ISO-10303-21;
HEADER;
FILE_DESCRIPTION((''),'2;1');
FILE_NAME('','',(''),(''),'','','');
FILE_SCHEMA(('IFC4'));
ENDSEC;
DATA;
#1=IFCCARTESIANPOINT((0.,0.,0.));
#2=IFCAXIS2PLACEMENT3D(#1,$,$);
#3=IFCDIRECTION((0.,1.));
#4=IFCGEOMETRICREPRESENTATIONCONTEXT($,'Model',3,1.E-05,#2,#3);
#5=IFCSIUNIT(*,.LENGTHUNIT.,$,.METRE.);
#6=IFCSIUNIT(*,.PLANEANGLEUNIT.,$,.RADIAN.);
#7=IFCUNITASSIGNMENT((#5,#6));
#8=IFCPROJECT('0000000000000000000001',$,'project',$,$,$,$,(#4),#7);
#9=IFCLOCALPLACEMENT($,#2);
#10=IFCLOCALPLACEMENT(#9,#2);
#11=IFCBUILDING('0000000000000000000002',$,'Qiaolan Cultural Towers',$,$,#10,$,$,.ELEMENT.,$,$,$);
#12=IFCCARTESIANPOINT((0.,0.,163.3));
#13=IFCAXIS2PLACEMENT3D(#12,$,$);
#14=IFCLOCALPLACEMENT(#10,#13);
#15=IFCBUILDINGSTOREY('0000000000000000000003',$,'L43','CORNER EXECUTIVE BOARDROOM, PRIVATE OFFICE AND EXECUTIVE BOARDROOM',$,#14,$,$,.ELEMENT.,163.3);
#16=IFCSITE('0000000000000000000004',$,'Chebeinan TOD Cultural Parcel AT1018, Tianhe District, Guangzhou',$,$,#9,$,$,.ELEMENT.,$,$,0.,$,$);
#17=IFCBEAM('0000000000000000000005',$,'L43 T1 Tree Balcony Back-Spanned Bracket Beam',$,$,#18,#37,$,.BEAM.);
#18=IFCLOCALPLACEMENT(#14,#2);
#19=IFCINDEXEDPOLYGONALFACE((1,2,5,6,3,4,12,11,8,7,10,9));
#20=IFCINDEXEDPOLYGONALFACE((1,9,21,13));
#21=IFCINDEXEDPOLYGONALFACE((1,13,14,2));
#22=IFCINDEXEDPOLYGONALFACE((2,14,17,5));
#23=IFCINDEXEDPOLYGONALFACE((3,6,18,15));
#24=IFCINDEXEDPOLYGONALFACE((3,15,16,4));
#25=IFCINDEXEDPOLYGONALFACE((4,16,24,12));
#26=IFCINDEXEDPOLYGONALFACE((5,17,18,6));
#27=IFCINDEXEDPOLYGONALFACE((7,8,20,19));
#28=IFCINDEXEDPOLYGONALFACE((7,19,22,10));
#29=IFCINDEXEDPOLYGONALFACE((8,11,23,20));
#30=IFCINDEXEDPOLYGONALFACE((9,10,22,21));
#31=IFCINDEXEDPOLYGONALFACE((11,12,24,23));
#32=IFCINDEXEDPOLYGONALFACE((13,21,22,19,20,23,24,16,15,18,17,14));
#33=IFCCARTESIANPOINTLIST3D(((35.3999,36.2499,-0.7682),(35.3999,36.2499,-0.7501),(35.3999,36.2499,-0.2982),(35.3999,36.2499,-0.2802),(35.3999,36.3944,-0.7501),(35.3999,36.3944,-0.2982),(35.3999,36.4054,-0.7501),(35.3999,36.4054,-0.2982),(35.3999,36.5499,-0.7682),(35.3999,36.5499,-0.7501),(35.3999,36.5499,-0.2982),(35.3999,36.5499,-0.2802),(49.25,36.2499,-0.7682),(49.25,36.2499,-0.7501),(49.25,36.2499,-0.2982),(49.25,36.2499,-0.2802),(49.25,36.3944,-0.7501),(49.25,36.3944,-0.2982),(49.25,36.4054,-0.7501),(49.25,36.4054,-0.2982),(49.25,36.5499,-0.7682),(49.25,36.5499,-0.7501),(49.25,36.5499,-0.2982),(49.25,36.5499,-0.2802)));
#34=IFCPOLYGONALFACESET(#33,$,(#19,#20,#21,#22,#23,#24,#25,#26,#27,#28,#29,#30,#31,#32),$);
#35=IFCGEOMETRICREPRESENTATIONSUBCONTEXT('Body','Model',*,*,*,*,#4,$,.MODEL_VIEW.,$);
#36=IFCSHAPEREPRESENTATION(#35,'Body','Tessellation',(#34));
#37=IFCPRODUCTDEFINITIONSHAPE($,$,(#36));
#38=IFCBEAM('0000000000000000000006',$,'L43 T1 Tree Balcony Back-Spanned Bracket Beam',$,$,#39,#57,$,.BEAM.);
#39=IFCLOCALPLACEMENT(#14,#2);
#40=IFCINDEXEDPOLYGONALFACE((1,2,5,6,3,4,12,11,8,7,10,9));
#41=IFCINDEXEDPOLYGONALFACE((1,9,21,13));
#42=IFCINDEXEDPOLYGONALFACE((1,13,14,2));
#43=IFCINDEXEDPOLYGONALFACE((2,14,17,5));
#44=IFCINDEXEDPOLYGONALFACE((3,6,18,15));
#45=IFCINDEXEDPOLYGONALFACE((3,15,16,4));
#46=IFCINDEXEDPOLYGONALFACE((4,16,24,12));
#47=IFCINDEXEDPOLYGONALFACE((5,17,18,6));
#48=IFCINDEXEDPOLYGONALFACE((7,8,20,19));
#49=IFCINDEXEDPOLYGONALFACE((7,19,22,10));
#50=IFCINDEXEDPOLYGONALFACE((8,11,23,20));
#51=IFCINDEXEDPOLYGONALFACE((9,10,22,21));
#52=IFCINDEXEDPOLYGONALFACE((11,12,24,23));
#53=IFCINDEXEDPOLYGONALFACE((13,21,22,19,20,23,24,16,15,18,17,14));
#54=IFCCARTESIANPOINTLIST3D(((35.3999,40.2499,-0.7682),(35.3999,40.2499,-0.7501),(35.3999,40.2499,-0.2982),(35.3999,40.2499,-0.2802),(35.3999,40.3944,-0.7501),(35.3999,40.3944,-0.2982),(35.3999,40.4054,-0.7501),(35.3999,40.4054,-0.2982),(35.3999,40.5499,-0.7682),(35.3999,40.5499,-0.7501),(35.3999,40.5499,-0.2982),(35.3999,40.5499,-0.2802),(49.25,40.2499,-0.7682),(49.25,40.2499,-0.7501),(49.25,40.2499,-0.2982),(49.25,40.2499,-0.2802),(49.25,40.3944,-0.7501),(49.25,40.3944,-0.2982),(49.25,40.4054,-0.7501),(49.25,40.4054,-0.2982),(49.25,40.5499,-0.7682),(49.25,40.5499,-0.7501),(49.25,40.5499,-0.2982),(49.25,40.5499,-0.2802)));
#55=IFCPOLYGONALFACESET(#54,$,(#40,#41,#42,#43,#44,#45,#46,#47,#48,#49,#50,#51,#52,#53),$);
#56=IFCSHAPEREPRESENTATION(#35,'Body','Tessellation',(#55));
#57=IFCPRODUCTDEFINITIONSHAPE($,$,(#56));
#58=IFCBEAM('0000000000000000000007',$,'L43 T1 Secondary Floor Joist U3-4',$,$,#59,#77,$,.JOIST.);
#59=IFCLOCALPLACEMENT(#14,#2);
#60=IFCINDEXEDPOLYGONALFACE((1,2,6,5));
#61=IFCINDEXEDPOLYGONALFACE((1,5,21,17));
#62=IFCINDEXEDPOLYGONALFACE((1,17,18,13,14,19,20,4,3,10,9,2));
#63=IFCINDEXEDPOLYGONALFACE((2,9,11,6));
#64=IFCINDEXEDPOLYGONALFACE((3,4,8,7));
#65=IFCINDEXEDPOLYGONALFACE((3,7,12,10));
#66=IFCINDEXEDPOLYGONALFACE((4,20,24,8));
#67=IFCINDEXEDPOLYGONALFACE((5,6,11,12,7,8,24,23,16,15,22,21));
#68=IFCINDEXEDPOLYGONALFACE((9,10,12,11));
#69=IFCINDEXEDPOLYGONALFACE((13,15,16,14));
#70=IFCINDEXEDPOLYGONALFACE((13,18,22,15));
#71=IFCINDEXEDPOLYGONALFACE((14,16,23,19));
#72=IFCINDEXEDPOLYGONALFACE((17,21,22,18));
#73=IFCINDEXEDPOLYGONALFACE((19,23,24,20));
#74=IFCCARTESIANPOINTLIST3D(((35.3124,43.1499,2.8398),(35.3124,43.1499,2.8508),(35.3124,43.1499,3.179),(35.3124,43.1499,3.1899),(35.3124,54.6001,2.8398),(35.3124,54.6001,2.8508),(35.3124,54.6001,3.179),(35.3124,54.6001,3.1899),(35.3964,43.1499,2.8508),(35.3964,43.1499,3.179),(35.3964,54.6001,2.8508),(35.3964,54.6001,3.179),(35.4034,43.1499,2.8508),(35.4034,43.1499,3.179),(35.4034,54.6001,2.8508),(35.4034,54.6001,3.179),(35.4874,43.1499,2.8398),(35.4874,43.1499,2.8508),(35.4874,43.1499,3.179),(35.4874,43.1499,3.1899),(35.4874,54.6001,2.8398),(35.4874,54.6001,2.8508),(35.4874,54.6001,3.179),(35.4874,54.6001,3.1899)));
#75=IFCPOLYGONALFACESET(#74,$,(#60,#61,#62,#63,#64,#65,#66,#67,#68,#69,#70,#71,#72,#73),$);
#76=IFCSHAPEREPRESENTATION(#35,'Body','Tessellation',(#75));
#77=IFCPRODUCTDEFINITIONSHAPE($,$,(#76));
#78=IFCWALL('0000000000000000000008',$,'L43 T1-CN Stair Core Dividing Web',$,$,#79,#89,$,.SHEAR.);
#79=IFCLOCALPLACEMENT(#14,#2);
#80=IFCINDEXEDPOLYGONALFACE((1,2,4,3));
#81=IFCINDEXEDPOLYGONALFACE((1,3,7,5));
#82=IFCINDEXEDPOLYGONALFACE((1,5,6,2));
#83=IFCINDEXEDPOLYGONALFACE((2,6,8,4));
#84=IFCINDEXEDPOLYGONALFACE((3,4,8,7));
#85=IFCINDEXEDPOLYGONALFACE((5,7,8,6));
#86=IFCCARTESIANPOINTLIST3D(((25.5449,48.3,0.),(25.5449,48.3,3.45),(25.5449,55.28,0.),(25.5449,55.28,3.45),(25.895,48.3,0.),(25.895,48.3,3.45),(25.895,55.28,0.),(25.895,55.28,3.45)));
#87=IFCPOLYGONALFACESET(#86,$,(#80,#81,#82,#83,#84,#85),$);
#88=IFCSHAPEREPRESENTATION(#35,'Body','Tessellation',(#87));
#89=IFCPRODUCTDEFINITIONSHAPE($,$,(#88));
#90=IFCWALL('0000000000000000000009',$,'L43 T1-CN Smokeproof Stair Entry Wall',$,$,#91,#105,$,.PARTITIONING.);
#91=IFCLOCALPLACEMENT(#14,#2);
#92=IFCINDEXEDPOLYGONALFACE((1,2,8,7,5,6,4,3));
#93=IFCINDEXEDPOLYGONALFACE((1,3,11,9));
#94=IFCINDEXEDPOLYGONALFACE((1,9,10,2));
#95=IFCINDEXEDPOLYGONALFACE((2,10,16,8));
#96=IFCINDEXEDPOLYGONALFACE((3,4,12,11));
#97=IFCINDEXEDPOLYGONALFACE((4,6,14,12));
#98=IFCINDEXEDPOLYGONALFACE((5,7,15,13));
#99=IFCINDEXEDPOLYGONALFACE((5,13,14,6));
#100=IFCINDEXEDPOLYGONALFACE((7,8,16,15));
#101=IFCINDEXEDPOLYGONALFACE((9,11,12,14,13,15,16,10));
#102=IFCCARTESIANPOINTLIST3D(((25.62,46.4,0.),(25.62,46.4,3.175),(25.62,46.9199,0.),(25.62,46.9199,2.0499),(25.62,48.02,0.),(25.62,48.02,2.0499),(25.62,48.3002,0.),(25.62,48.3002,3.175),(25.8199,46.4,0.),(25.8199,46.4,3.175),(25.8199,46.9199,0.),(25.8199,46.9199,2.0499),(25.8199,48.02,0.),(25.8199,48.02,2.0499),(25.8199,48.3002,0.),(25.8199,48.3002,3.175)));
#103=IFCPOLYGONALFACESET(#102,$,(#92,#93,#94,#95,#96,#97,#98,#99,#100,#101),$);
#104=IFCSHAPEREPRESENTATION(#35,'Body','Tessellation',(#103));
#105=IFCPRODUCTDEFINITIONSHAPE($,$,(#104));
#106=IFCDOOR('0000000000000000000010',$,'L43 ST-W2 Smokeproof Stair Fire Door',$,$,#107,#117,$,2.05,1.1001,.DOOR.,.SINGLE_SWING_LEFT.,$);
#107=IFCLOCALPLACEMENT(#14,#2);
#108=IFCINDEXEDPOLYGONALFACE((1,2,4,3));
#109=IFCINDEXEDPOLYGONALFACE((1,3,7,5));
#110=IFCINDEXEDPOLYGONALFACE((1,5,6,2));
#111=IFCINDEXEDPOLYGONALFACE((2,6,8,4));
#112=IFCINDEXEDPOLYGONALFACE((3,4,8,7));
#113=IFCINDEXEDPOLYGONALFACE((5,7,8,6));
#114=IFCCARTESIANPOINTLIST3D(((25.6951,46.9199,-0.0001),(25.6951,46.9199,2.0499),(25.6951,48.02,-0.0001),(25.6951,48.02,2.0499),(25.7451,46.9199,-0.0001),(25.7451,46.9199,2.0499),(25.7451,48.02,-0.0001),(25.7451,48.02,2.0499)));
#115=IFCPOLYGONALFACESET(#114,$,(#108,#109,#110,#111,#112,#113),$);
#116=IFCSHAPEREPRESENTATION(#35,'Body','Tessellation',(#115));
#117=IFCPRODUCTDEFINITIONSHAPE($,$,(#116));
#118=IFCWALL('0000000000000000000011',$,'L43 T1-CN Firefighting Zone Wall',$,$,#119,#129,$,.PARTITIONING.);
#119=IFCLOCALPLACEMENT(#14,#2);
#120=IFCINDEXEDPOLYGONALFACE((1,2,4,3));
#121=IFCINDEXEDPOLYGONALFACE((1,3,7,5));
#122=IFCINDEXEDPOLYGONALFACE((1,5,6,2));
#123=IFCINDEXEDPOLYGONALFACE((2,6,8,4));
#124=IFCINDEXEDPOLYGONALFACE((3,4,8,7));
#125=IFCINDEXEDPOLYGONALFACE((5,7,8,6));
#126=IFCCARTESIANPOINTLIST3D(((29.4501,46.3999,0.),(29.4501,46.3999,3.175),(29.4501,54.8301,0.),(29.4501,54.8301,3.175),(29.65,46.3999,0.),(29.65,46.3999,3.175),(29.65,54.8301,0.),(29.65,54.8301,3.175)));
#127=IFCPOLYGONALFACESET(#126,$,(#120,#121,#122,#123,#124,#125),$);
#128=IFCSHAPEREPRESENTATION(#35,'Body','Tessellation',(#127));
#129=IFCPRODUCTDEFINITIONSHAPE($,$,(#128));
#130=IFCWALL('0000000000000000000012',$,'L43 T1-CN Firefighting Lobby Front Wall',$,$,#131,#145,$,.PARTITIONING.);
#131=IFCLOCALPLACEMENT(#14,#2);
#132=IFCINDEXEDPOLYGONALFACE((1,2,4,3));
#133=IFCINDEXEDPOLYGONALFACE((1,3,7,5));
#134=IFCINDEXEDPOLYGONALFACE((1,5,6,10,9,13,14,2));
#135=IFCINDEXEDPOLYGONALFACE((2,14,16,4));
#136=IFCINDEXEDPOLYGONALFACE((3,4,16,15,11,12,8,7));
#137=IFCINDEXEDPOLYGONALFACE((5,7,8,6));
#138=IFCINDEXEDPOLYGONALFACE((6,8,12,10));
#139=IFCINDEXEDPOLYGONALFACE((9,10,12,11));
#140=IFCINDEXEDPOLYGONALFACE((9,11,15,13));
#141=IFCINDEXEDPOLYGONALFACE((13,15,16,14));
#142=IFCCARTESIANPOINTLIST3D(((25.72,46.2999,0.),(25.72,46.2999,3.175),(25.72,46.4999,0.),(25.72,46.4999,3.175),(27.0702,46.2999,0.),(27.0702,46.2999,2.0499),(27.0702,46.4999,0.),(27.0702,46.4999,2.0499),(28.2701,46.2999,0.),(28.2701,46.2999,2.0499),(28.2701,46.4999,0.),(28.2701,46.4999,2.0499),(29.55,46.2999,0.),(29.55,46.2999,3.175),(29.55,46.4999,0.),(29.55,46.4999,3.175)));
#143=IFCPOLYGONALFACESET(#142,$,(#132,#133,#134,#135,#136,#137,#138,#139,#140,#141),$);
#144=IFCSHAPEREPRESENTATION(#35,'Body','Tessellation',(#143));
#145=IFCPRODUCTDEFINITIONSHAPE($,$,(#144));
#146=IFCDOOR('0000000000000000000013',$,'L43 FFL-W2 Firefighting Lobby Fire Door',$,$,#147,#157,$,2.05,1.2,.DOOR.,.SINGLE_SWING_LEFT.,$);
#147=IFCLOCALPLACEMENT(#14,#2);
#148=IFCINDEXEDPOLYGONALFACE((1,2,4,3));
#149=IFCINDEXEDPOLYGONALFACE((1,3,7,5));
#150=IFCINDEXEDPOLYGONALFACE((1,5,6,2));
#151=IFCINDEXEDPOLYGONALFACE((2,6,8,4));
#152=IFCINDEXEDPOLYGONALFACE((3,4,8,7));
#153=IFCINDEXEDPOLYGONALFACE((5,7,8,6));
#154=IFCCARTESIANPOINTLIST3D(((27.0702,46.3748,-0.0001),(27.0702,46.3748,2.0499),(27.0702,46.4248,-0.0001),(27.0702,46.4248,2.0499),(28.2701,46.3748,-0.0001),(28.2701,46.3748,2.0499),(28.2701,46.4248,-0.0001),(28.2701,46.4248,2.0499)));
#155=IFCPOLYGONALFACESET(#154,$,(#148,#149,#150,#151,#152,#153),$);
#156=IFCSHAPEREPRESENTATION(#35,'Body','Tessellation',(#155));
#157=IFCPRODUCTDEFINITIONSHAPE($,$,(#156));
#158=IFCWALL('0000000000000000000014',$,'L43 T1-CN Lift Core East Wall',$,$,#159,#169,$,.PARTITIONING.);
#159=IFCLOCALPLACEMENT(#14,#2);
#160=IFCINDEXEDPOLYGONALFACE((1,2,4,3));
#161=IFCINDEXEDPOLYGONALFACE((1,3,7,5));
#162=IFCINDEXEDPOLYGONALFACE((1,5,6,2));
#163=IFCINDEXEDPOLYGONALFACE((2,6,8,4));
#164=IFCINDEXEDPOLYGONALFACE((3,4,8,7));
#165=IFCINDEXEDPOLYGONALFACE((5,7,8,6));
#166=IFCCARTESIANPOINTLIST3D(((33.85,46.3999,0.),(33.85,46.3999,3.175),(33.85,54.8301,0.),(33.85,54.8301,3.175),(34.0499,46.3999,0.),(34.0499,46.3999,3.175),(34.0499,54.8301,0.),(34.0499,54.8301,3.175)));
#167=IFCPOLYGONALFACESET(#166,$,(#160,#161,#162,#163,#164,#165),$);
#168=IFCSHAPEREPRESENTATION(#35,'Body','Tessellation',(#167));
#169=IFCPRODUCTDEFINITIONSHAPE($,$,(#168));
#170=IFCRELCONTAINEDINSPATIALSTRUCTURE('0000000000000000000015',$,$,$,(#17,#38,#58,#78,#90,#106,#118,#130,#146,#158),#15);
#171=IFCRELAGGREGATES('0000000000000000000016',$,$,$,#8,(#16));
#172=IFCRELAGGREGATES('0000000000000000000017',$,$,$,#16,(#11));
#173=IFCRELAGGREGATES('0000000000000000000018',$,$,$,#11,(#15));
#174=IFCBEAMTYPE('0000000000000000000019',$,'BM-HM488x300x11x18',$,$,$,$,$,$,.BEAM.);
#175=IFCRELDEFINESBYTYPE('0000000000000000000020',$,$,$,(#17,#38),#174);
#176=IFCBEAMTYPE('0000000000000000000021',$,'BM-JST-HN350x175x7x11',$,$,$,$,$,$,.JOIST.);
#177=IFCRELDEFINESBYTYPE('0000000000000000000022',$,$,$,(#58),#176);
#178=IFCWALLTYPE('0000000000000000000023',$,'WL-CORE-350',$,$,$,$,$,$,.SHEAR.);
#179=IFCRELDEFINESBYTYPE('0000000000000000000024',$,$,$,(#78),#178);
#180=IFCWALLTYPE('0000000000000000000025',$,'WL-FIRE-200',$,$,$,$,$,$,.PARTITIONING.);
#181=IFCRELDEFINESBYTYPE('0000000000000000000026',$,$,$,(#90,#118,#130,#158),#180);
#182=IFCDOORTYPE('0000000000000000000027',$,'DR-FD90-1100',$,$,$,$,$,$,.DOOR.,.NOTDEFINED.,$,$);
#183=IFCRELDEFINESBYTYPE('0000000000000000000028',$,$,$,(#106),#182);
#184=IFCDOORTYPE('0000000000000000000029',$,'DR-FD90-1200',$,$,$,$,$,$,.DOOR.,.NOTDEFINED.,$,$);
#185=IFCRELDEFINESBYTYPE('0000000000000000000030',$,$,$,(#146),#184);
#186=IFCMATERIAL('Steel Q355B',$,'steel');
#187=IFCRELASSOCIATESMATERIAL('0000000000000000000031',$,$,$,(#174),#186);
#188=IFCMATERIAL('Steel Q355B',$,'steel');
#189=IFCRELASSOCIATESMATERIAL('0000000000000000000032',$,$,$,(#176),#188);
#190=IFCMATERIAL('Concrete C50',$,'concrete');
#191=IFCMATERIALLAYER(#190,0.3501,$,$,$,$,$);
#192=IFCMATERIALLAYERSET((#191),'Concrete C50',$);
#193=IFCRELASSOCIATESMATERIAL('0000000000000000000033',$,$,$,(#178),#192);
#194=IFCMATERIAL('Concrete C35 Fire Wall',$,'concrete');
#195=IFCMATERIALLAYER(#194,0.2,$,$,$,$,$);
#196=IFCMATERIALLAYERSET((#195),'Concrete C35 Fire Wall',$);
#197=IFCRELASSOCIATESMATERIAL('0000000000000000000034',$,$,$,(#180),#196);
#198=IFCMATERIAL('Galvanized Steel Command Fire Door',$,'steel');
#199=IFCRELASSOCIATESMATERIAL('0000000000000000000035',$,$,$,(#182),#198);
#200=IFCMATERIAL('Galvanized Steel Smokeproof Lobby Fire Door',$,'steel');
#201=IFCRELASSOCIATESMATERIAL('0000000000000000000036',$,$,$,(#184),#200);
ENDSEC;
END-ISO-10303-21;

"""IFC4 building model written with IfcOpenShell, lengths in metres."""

from ifc_helpers import new_model, si_unit, direction, frame, frame_2d, origin, origin_2d, place, context, subcontext, project, spatial, rectangle, i_section, extrude, material, layer, layer_set, material_profile, profile_set, type_object, element, fill, save


model = new_model("IFC4")

# Units and contexts
model_context = context("Model", 3, precision=1e-05, world=origin(), true_north=direction((0.0, 1.0)))
body_context = subcontext(model_context, "Body", "Model", "MODEL_VIEW")
ifc_project = project(units=[si_unit("LENGTHUNIT", "METRE"), si_unit("PLANEANGLEUNIT", "RADIAN")], contexts=[model_context])

# Site, building, storey
site_placement = place(None, origin())
site = spatial("IfcSite", under=ifc_project, at=site_placement, Name="Chebeinan TOD Cultural Parcel AT1018, Tianhe District, Guangzhou", CompositionType="ELEMENT", RefElevation=0.0)
building_placement = place(site_placement, origin())
building = spatial("IfcBuilding", under=site, at=building_placement, Name="Qiaolan Cultural Towers", CompositionType="ELEMENT")
storey_placement = place(building_placement, frame((0.0, 0.0, 163.3)))
storey = spatial("IfcBuildingStorey", under=building, at=storey_placement, Name="L43", Description="CORNER EXECUTIVE BOARDROOM, PRIVATE OFFICE AND EXECUTIVE BOARDROOM", CompositionType="ELEMENT", Elevation=163.3)

# Beams
ifc_material_1 = material(Name="Steel Q355B", Category="steel")
ifc_material_profile_1 = material_profile(ifc_material_1, i_section(OverallWidth=0.3, OverallDepth=0.488, WebThickness=0.011, FlangeThickness=0.0181, at=origin_2d()), Name="HM488x300x11x18")
ifc_profile_set_1 = profile_set([ifc_material_profile_1], Name="Steel Q355B")
beam_type_1 = type_object("IfcBeamType", Name="BM-HM488x300x11x18", PredefinedType="BEAM", material=ifc_profile_set_1)
for number, where, z_axis, x_axis, name in (
    (1, (35.3999, 36.3999, -0.5242), (1.0, 0.0, 0.0), (0.0, 1.0, 0.0), "L43 T1 Tree Balcony Back-Spanned Bracket Beam"),
    (2, (35.3999, 40.3999, -0.5242), (1.0, 0.0, 0.0), (0.0, 1.0, 0.0), "L43 T1 Tree Balcony Back-Spanned Bracket Beam"),
):
    element("IfcBeam", number, at=place(storey_placement, frame(where, z_axis=z_axis, x_axis=x_axis)), inside=storey, type_object=beam_type_1, Name=name, PredefinedType="BEAM", context=body_context, shape_type="SweptSolid", body=[
        extrude(i_section(OverallWidth=0.3, OverallDepth=0.488, WebThickness=0.011, FlangeThickness=0.0181, at=origin_2d()), origin(), (0.0, 0.0, 1.0), 13.8501),
    ])
ifc_material_2 = material(Name="Steel Q355B", Category="steel")
ifc_material_profile_2 = material_profile(ifc_material_2, i_section(OverallWidth=0.175, OverallDepth=0.3501, WebThickness=0.0071, FlangeThickness=0.011, at=origin_2d()), Name="HN350x175x7x11")
ifc_profile_set_2 = profile_set([ifc_material_profile_2], Name="Steel Q355B")
beam_type_2 = type_object("IfcBeamType", Name="BM-JST-HN350x175x7x11", PredefinedType="JOIST", material=ifc_profile_set_2)
beam_placement = place(storey_placement, frame((35.3999, 43.1499, 3.0149), z_axis=(0.0, 1.0, 0.0), x_axis=(-1.0, 0.0, 0.0)))
element("IfcBeam", 3, at=beam_placement, inside=storey, type_object=beam_type_2, Name="L43 T1 Secondary Floor Joist U3-4", PredefinedType="JOIST", context=body_context, shape_type="SweptSolid", body=[
    extrude(i_section(OverallWidth=0.175, OverallDepth=0.3501, WebThickness=0.0071, FlangeThickness=0.011, at=origin_2d()), origin(), (0.0, 0.0, 1.0), 11.4502),
])

# Wall
ifc_material_3 = material(Name="Concrete C50", Category="concrete")
ifc_layer_1 = layer(ifc_material_3, 0.3501)
ifc_layer_set_1 = layer_set([ifc_layer_1], Name="Concrete C50")
wall_type_1 = type_object("IfcWallType", Name="WL-CORE-350", PredefinedType="SHEAR", material=ifc_layer_set_1)
wall_1_placement = place(storey_placement, frame((25.72, 48.3, 0.0), z_axis=(0.0, 0.0, 1.0), x_axis=(0.0, 1.0, 0.0)))
element("IfcWall", 4, at=wall_1_placement, inside=storey, type_object=wall_type_1, Name="L43 T1-CN Stair Core Dividing Web", PredefinedType="SHEAR", context=body_context, shape_type="SweptSolid", body=[
    extrude(rectangle(XDim=6.98, YDim=0.3501, at=frame_2d((3.49, 0.0))), origin(), (0.0, 0.0, 1.0), 3.45),
])

# Wall, opening, door
ifc_material_4 = material(Name="Concrete C35 Fire Wall", Category="concrete")
ifc_layer_2 = layer(ifc_material_4, 0.2)
ifc_layer_set_2 = layer_set([ifc_layer_2], Name="Concrete C35 Fire Wall")
wall_type_2 = type_object("IfcWallType", Name="WL-FIRE-200", PredefinedType="PARTITIONING", material=ifc_layer_set_2)
wall_2_placement = place(storey_placement, frame((25.72, 46.3999, 0.0), z_axis=(0.0, 0.0, 1.0), x_axis=(0.0, 1.0, 0.0)))
wall_2 = element("IfcWall", 5, at=wall_2_placement, inside=storey, type_object=wall_type_2, Name="L43 T1-CN Smokeproof Stair Entry Wall", PredefinedType="PARTITIONING", context=body_context, shape_type="SweptSolid", body=[
    extrude(rectangle(XDim=1.9001, YDim=0.2, at=frame_2d((0.9502, 0.0))), origin(), (0.0, 0.0, 1.0), 3.175),
])
opening_1_placement = place(wall_2_placement, frame((0.52, 0.0, 0.0)))
opening_1 = element("IfcOpeningElement", 6, at=opening_1_placement, cuts=wall_2, PredefinedType="OPENING", context=body_context, shape_type="SweptSolid", body=[
    extrude(rectangle(XDim=1.1001, YDim=2.05, at=frame_2d((0.55, 1.0249))), frame((0.0, 0.1099, 0.0), z_axis=(0.0, -1.0, 0.0), x_axis=(1.0, 0.0, 0.0)), (0.0, 0.0, 1.0), 0.22),
])
ifc_material_5 = material(Name="Galvanized Steel Command Fire Door", Category="steel")
door_type_1 = type_object("IfcDoorType", Name="DR-FD90-1100", OperationType="NOTDEFINED", PredefinedType="DOOR", material=ifc_material_5)
door_1_placement = place(opening_1_placement, origin())
door_1 = element("IfcDoor", 7, at=door_1_placement, inside=storey, type_object=door_type_1, Name="L43 ST-W2 Smokeproof Stair Fire Door", OperationType="SINGLE_SWING_LEFT", OverallHeight=2.05, OverallWidth=1.1001, PredefinedType="DOOR", context=body_context, shape_type="SweptSolid", body=[
    extrude(rectangle(XDim=1.1001, YDim=2.05, at=frame_2d((0.55, 1.0249))), frame((0.0, 0.0249, 0.0), z_axis=(0.0, -1.0, 0.0), x_axis=(1.0, 0.0, 0.0)), (0.0, 0.0, 1.0), 0.05),
])
fill(opening_1, door_1)

# Wall
wall_3_placement = place(storey_placement, frame((29.55, 46.3999, 0.0), z_axis=(0.0, 0.0, 1.0), x_axis=(0.0, 1.0, 0.0)))
element("IfcWall", 8, at=wall_3_placement, inside=storey, type_object=wall_type_2, Name="L43 T1-CN Firefighting Zone Wall", PredefinedType="PARTITIONING", context=body_context, shape_type="SweptSolid", body=[
    extrude(rectangle(XDim=8.4302, YDim=0.2, at=frame_2d((4.2151, 0.0))), origin(), (0.0, 0.0, 1.0), 3.175),
])

# Wall, opening, door
wall_4_placement = place(storey_placement, frame((25.72, 46.3999, 0.0), z_axis=(0.0, 0.0, 1.0), x_axis=(1.0, 0.0, 0.0)))
wall_4 = element("IfcWall", 9, at=wall_4_placement, inside=storey, type_object=wall_type_2, Name="L43 T1-CN Firefighting Lobby Front Wall", PredefinedType="PARTITIONING", context=body_context, shape_type="SweptSolid", body=[
    extrude(rectangle(XDim=3.8301, YDim=0.2, at=frame_2d((1.915, 0.0))), origin(), (0.0, 0.0, 1.0), 3.175),
])
opening_2_placement = place(wall_4_placement, frame((1.3501, 0.0, 0.0)))
opening_2 = element("IfcOpeningElement", 10, at=opening_2_placement, cuts=wall_4, PredefinedType="OPENING", context=body_context, shape_type="SweptSolid", body=[
    extrude(rectangle(XDim=1.2, YDim=2.05, at=frame_2d((0.6001, 1.0249))), frame((0.0, 0.1099, 0.0), z_axis=(0.0, -1.0, 0.0), x_axis=(1.0, 0.0, 0.0)), (0.0, 0.0, 1.0), 0.22),
])
ifc_material_6 = material(Name="Galvanized Steel Smokeproof Lobby Fire Door", Category="steel")
door_type_2 = type_object("IfcDoorType", Name="DR-FD90-1200", OperationType="NOTDEFINED", PredefinedType="DOOR", material=ifc_material_6)
door_2_placement = place(opening_2_placement, origin())
door_2 = element("IfcDoor", 11, at=door_2_placement, inside=storey, type_object=door_type_2, Name="L43 FFL-W2 Firefighting Lobby Fire Door", OperationType="SINGLE_SWING_LEFT", OverallHeight=2.05, OverallWidth=1.2, PredefinedType="DOOR", context=body_context, shape_type="SweptSolid", body=[
    extrude(rectangle(XDim=1.2, YDim=2.05, at=frame_2d((0.6001, 1.0249))), frame((0.0, 0.0249, 0.0), z_axis=(0.0, -1.0, 0.0), x_axis=(1.0, 0.0, 0.0)), (0.0, 0.0, 1.0), 0.05),
])
fill(opening_2, door_2)

# Wall
wall_5_placement = place(storey_placement, frame((33.95, 46.3999, 0.0), z_axis=(0.0, 0.0, 1.0), x_axis=(0.0, 1.0, 0.0)))
element("IfcWall", 12, at=wall_5_placement, inside=storey, type_object=wall_type_2, Name="L43 T1-CN Lift Core East Wall", PredefinedType="PARTITIONING", context=body_context, shape_type="SweptSolid", body=[
    extrude(rectangle(XDim=8.4302, YDim=0.2, at=frame_2d((4.2151, 0.0))), origin(), (0.0, 0.0, 1.0), 3.175),
])

save(model, "model.ifc")
